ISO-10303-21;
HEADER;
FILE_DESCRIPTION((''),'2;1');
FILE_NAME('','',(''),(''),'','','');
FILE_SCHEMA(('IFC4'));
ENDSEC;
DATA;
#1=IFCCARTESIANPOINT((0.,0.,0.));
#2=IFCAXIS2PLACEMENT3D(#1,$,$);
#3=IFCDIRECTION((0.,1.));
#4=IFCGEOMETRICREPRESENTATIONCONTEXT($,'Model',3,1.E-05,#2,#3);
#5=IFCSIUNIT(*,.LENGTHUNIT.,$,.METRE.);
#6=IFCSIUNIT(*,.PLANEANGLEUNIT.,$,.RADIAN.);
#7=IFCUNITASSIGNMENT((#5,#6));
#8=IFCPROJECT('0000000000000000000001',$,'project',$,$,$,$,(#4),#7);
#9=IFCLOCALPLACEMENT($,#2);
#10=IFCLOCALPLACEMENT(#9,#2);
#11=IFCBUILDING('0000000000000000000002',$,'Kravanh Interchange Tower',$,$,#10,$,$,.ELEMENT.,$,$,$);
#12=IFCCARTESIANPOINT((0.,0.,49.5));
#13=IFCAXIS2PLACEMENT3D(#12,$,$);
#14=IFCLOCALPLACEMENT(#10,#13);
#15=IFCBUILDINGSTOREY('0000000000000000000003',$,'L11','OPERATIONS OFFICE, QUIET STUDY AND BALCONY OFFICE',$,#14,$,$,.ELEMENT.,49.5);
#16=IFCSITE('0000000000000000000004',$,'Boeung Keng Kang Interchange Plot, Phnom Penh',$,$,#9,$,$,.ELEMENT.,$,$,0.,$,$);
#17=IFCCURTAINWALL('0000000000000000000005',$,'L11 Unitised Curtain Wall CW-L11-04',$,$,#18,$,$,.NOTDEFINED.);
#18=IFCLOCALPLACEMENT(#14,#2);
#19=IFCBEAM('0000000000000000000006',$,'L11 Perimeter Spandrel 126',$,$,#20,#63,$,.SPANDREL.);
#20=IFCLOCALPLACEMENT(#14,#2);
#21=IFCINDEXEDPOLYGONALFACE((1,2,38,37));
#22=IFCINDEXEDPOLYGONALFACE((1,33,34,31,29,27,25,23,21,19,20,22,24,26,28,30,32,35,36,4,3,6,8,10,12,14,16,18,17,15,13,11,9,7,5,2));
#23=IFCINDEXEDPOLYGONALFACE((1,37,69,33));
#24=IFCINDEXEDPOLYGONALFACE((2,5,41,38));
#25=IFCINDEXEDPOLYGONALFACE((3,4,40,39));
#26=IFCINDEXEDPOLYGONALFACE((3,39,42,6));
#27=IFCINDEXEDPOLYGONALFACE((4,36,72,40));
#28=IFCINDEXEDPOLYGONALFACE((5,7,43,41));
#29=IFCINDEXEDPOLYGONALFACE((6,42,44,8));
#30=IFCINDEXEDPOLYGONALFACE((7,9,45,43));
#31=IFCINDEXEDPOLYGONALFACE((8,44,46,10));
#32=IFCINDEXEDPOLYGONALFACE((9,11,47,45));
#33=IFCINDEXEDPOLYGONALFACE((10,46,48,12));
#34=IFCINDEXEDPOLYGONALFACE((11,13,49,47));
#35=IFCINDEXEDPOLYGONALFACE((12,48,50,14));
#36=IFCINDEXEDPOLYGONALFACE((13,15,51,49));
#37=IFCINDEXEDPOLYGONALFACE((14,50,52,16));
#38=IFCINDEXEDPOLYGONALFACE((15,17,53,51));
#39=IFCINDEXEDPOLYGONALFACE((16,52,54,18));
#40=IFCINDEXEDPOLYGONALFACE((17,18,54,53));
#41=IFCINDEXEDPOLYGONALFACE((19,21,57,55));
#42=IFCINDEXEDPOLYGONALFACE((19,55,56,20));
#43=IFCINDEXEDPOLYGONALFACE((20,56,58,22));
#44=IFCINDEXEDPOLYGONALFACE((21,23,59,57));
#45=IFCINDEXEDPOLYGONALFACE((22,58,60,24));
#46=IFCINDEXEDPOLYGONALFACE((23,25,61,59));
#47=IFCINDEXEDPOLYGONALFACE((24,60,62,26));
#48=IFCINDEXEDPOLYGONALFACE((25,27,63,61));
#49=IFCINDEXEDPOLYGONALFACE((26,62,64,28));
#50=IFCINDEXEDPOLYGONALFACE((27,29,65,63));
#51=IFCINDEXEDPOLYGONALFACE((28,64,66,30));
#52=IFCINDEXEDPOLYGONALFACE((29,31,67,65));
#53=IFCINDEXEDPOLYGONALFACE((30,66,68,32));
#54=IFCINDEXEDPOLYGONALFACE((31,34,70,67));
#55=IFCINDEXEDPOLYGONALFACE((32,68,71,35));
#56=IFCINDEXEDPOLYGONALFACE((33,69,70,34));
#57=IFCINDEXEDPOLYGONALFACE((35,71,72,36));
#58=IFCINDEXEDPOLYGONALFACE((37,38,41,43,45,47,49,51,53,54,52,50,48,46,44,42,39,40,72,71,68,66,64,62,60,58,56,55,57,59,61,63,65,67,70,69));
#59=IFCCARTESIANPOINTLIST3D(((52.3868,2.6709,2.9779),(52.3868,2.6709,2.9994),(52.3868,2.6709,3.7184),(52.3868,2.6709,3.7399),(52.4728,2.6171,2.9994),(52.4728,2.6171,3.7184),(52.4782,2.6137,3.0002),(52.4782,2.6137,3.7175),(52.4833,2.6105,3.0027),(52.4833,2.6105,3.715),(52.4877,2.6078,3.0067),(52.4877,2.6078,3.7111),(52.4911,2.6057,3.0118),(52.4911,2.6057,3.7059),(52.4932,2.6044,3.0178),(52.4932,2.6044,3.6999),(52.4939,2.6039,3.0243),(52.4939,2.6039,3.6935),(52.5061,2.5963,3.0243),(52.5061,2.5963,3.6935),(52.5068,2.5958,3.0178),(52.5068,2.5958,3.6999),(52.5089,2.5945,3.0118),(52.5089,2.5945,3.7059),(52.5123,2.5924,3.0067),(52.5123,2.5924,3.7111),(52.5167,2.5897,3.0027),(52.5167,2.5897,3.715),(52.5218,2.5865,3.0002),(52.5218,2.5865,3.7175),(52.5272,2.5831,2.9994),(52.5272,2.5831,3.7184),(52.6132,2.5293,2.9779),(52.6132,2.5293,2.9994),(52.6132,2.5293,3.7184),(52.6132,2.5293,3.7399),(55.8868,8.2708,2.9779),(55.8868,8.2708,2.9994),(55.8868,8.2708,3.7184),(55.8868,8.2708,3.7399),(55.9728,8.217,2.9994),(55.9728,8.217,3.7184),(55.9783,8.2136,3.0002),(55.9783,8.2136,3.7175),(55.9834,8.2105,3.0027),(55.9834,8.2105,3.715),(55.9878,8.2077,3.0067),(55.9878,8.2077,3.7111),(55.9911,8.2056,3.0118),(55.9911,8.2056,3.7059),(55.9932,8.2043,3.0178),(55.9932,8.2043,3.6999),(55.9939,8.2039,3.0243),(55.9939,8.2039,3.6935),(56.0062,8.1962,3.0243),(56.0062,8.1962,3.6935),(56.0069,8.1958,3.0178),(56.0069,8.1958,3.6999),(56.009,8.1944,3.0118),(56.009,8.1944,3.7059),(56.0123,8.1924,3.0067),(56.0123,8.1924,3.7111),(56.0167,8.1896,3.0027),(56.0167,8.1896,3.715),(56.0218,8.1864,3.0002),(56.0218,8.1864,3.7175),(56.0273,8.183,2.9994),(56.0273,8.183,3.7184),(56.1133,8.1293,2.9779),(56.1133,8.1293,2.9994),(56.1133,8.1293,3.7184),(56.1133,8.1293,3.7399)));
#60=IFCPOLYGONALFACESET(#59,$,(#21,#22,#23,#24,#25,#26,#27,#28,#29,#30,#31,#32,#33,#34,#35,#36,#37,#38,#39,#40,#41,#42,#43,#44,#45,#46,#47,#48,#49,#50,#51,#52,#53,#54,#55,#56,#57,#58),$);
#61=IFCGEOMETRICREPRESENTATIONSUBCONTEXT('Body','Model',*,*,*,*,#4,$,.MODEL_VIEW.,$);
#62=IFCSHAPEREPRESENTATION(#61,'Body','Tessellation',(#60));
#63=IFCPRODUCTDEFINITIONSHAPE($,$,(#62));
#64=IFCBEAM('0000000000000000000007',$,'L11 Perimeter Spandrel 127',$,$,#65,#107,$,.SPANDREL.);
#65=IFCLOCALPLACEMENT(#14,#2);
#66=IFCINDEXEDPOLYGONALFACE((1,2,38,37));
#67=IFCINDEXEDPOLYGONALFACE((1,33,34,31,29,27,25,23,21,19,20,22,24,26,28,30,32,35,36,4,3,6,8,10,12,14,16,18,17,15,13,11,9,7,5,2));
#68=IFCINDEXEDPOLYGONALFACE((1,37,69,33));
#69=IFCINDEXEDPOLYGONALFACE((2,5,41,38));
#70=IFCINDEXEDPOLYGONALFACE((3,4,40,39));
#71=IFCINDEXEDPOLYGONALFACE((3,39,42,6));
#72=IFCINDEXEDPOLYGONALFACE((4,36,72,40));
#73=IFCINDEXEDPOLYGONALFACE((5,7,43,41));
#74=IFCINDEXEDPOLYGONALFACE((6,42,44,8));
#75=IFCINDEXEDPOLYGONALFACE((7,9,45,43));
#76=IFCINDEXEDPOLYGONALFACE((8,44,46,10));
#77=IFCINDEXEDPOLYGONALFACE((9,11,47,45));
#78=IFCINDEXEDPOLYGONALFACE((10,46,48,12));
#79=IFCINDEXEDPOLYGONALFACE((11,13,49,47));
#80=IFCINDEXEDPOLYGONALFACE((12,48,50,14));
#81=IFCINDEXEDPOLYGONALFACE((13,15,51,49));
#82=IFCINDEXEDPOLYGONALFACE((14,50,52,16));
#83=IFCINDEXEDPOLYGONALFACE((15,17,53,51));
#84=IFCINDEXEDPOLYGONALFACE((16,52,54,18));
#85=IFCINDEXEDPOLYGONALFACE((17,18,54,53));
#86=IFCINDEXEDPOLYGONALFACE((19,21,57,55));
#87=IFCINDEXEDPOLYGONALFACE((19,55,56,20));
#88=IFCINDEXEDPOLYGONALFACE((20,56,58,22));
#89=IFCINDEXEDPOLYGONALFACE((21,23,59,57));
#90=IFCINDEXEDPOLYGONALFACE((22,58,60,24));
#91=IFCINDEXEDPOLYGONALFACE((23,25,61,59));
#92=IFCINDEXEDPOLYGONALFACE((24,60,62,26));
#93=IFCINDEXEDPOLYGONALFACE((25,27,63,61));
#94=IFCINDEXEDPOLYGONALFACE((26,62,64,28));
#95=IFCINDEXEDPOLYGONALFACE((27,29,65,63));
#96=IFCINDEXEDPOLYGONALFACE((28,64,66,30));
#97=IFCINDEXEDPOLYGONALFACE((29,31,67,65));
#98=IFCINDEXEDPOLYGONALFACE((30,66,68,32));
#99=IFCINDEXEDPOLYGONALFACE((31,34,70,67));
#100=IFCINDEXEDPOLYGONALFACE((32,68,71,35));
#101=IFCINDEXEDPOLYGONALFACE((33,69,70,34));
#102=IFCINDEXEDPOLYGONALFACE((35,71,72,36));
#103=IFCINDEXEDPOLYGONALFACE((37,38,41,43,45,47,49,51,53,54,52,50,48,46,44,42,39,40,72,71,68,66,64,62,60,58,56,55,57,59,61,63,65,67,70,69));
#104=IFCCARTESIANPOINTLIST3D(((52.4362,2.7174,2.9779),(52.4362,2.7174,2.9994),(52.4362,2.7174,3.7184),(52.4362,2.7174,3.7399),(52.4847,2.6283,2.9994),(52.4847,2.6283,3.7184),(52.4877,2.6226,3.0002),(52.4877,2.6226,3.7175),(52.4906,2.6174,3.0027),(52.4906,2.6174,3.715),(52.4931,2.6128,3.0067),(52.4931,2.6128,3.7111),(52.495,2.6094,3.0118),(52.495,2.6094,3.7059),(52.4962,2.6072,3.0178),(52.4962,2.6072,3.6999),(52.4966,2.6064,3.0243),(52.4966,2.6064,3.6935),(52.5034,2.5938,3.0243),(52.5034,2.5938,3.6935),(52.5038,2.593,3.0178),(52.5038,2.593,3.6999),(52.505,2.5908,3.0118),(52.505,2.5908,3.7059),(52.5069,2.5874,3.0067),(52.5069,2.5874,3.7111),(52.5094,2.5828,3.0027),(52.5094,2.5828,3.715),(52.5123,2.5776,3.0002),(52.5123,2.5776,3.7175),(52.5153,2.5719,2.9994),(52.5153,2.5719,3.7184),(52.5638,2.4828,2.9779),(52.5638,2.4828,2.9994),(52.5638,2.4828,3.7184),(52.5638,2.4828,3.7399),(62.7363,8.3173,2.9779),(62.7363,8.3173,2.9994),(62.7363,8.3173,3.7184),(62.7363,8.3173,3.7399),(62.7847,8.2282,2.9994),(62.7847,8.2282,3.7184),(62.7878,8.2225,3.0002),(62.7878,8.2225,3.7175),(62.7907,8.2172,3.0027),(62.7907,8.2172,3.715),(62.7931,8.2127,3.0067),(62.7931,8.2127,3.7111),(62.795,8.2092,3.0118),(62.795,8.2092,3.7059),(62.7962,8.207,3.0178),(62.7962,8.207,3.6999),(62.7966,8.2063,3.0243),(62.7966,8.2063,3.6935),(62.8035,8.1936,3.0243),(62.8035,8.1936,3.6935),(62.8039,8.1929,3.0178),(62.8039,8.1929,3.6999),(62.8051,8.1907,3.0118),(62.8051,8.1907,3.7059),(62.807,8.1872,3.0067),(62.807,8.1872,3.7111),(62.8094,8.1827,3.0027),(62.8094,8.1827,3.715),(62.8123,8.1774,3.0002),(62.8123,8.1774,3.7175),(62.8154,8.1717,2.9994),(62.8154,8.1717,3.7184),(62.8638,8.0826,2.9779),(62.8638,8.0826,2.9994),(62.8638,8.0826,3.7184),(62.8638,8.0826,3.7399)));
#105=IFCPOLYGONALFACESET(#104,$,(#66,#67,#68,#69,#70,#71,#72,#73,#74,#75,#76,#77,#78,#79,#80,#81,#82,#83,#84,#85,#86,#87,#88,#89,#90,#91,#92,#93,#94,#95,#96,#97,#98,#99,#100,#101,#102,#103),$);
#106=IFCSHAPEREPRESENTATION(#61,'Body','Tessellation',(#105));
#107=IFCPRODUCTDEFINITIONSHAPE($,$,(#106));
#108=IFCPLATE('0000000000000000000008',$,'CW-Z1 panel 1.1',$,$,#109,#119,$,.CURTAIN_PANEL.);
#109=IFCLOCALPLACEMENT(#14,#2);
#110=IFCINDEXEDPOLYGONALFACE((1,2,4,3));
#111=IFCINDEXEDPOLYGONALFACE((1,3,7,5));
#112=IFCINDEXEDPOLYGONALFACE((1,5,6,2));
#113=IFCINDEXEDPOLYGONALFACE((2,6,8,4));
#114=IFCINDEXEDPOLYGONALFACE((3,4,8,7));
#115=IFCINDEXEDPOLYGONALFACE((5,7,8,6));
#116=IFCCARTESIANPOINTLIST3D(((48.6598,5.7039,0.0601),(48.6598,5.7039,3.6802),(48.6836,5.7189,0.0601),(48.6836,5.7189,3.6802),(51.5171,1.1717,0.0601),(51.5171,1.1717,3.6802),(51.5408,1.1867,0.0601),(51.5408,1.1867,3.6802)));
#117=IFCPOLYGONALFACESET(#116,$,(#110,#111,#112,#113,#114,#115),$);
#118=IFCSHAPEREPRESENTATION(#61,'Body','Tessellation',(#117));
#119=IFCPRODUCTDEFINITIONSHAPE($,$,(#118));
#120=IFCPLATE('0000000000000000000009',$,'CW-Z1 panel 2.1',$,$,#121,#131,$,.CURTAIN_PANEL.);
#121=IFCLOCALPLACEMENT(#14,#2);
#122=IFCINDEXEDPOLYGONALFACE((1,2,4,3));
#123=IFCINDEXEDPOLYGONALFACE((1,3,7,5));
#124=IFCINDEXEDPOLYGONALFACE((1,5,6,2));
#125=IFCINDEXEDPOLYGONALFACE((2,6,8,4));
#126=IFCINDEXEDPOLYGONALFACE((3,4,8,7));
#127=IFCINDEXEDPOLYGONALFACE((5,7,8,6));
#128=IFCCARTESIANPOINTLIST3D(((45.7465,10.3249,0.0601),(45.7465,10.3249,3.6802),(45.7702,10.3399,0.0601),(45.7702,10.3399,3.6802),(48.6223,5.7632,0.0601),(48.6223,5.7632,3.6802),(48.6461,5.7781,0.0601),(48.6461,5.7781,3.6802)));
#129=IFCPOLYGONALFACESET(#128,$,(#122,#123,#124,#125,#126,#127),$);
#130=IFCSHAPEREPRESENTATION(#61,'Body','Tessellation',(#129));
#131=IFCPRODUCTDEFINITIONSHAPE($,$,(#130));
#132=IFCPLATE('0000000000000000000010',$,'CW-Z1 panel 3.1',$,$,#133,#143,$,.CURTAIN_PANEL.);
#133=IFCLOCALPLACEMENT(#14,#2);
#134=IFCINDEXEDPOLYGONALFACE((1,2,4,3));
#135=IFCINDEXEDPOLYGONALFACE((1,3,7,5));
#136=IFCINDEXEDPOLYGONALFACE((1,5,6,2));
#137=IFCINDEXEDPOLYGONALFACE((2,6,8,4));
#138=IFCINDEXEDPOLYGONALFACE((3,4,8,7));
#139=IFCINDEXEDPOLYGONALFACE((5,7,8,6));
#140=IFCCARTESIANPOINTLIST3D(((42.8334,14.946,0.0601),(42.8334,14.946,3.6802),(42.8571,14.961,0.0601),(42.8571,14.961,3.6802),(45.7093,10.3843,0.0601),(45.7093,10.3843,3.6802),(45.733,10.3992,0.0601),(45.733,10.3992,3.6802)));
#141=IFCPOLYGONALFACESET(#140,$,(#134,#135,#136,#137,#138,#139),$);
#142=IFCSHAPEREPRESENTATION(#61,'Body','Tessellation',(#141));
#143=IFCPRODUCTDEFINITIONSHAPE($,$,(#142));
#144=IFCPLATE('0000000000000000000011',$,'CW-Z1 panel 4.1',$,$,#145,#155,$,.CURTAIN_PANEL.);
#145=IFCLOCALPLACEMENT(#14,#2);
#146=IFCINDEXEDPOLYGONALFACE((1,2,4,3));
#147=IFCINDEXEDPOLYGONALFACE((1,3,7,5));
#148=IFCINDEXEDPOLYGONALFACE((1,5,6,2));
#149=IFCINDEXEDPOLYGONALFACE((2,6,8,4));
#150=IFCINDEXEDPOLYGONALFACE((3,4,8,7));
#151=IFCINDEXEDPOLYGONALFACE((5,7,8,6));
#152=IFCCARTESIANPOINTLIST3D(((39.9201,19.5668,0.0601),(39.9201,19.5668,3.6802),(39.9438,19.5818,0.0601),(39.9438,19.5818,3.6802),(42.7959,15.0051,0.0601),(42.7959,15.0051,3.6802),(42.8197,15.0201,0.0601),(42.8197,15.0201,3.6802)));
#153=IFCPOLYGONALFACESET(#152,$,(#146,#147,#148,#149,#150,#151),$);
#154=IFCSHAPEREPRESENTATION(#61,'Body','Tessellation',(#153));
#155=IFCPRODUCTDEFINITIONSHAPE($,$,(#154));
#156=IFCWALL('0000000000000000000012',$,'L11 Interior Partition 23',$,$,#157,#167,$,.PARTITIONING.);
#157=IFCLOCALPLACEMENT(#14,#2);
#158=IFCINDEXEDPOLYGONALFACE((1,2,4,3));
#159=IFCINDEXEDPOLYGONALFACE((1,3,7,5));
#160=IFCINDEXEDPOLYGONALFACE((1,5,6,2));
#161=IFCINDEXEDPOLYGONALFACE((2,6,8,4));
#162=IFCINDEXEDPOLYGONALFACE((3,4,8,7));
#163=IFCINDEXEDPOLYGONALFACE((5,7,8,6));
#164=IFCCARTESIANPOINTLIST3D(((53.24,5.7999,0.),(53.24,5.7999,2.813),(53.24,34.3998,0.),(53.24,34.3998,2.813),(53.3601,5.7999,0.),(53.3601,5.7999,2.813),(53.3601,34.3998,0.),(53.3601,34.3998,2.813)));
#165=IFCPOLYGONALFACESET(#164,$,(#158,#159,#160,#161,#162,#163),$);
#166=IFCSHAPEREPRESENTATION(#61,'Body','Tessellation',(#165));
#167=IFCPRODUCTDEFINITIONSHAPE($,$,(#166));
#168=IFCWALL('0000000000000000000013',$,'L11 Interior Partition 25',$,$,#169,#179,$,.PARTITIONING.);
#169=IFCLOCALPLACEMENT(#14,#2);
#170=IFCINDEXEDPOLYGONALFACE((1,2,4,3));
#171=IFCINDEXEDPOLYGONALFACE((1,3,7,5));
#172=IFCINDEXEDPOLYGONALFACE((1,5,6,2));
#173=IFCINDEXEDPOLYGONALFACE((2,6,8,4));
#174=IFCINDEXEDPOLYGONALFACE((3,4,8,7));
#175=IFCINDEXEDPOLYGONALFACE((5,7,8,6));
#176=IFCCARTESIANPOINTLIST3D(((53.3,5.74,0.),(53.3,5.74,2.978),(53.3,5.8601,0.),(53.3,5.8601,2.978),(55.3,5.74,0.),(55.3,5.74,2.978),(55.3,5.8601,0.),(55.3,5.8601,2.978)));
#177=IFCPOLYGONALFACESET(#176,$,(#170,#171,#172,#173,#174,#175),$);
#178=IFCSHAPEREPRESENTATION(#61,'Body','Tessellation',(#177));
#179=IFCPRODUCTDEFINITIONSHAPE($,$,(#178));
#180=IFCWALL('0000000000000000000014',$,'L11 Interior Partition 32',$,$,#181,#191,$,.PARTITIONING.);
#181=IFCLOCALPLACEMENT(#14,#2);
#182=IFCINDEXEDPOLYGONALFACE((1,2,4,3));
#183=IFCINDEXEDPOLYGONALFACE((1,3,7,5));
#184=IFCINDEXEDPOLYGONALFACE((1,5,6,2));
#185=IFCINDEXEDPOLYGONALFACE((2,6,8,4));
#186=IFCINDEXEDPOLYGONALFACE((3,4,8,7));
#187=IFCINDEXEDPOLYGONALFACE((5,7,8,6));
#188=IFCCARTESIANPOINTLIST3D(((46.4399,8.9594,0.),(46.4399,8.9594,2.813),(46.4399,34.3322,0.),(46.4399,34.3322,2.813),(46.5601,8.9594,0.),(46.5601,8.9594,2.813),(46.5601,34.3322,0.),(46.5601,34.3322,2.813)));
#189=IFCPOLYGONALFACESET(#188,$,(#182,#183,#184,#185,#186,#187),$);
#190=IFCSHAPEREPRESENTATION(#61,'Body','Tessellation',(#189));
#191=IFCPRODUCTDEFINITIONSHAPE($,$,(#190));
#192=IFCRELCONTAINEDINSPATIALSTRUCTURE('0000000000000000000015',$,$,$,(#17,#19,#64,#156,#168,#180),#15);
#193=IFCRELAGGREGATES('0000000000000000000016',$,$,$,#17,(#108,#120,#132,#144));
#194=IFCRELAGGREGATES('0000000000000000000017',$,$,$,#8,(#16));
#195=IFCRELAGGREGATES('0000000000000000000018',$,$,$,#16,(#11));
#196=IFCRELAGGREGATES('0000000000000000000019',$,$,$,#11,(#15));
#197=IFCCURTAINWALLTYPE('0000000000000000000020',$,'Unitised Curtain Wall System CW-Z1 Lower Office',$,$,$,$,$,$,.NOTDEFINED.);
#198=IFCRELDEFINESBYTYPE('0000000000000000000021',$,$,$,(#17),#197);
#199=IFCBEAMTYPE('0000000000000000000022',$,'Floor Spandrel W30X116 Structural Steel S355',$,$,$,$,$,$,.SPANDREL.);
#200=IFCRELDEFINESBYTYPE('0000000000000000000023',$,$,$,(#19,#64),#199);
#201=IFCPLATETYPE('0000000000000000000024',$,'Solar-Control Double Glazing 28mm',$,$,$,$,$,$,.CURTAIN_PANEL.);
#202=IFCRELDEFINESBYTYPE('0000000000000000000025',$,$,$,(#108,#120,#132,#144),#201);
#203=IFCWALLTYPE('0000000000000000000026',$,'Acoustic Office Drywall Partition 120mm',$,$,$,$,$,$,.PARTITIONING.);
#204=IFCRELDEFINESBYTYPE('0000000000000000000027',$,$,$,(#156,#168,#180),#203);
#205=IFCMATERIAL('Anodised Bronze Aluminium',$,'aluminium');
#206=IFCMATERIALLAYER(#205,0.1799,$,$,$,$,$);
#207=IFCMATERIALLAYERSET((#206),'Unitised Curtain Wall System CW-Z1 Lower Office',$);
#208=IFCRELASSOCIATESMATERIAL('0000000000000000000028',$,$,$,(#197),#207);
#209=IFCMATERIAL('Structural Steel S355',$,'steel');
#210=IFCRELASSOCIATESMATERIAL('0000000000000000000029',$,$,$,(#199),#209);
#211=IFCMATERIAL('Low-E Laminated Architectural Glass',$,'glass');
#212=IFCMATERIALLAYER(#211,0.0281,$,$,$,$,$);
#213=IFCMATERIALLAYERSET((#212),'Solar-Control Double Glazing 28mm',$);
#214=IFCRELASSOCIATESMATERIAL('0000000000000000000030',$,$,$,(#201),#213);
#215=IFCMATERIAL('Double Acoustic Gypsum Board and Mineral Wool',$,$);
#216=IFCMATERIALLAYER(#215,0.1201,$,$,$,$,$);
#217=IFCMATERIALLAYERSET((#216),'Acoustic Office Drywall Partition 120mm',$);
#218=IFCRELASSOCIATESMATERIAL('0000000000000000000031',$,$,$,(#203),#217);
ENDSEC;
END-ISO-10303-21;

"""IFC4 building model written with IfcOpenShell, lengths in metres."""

from ifc_helpers import new_model, si_unit, direction, frame, frame_2d, origin, origin_2d, place, context, subcontext, project, spatial, rectangle, i_section, extrude, material, layer, layer_set, material_profile, profile_set, type_object, element, aggregate, save


model = new_model("IFC4")

# Units and contexts
model_context = context("Model", 3, precision=1e-05, world=origin(), true_north=direction((0.0, 1.0)))
body_context = subcontext(model_context, "Body", "Model", "MODEL_VIEW")
ifc_project = project(units=[si_unit("LENGTHUNIT", "METRE"), si_unit("PLANEANGLEUNIT", "RADIAN")], contexts=[model_context])

# Site, building, storey
site_placement = place(None, origin())
site = spatial("IfcSite", under=ifc_project, at=site_placement, Name="Boeung Keng Kang Interchange Plot, Phnom Penh", CompositionType="ELEMENT", RefElevation=0.0)
building_placement = place(site_placement, origin())
building = spatial("IfcBuilding", under=site, at=building_placement, Name="Kravanh Interchange Tower", CompositionType="ELEMENT")
storey_placement = place(building_placement, frame((0.0, 0.0, 49.5)))
storey = spatial("IfcBuildingStorey", under=building, at=storey_placement, Name="L11", Description="OPERATIONS OFFICE, QUIET STUDY AND BALCONY OFFICE", CompositionType="ELEMENT", Elevation=49.5)

# Shared definitions
ifc_material_1 = material(Name="Anodised Bronze Aluminium", Category="aluminium")
ifc_layer_1 = layer(ifc_material_1, 0.1799)
ifc_layer_set_1 = layer_set([ifc_layer_1], Name="Unitised Curtain Wall System CW-Z1 Lower Office")
curtain_wall_type = type_object("IfcCurtainWallType", Name="Unitised Curtain Wall System CW-Z1 Lower Office", PredefinedType="NOTDEFINED", material=ifc_layer_set_1)

# Curtain wall
curtain_wall_1_placement = place(storey_placement, origin())
curtain_wall_1 = element("IfcCurtainWall", 1, at=curtain_wall_1_placement, inside=storey, type_object=curtain_wall_type, Name="L11 Unitised Curtain Wall CW-L11-04", PredefinedType="NOTDEFINED")

# Beams
ifc_material_2 = material(Name="Structural Steel S355", Category="steel")
ifc_material_profile_1 = material_profile(ifc_material_2, i_section(OverallWidth=0.2671, OverallDepth=0.762, WebThickness=0.0144, FlangeThickness=0.0215, FilletRadius=0.0249, at=origin_2d()), Name="W30X116")
ifc_profile_set_1 = profile_set([ifc_material_profile_1], Name="Structural Steel S355")
beam_type = type_object("IfcBeamType", Name="Floor Spandrel W30X116 Structural Steel S355", PredefinedType="SPANDREL", material=ifc_profile_set_1)
beam_1_placement = place(storey_placement, frame((52.5, 2.6001, 3.3589), z_axis=(0.530009, 0.847992, 0.0), x_axis=(-0.847992, 0.530009, 0.0)))
element("IfcBeam", 2, at=beam_1_placement, inside=storey, type_object=beam_type, Name="L11 Perimeter Spandrel 126", PredefinedType="SPANDREL", context=body_context, shape_type="SweptSolid", body=[
    extrude(i_section(OverallWidth=0.2671, OverallDepth=0.762, WebThickness=0.0144, FlangeThickness=0.0215, FilletRadius=0.0249, at=origin_2d()), origin(), (0.0, 0.0, 1.0), 6.6038),
])
beam_2_placement = place(storey_placement, frame((52.5, 2.6001, 3.3589), z_axis=(0.878553, 0.477645, 0.0), x_axis=(-0.477645, 0.878553, 0.0)))
element("IfcBeam", 3, at=beam_2_placement, inside=storey, type_object=beam_type, Name="L11 Perimeter Spandrel 127", PredefinedType="SPANDREL", context=body_context, shape_type="SweptSolid", body=[
    extrude(i_section(OverallWidth=0.2671, OverallDepth=0.762, WebThickness=0.0144, FlangeThickness=0.0215, FilletRadius=0.0249, at=origin_2d()), origin(), (0.0, 0.0, 1.0), 11.7239),
])

# Plates
ifc_material_3 = material(Name="Low-E Laminated Architectural Glass", Category="glass")
ifc_layer_2 = layer(ifc_material_3, 0.0281)
ifc_layer_set_2 = layer_set([ifc_layer_2], Name="Solar-Control Double Glazing 28mm")
plate_type = type_object("IfcPlateType", Name="Solar-Control Double Glazing 28mm", PredefinedType="CURTAIN_PANEL", material=ifc_layer_set_2)
plate_1_placement = place(storey_placement, frame((50.1003, 3.4453, 0.0601), z_axis=(0.0, 0.0, 1.0), x_axis=(-0.533301, 0.845926, 0.0)))
plate_1 = element("IfcPlate", 4, at=plate_1_placement, type_object=plate_type, Name="CW-Z1 panel 1.1", PredefinedType="CURTAIN_PANEL", context=body_context, shape_type="SweptSolid", body=[
    extrude(rectangle(XDim=5.3577, YDim=0.0281, at=origin_2d()), origin(), (0.0, 0.0, 1.0), 3.6201),
])
plate_2_placement = place(storey_placement, frame((47.1963, 8.0515, 0.0601), z_axis=(0.0, 0.0, 1.0), x_axis=(-0.533301, 0.845926, 0.0)))
plate_2 = element("IfcPlate", 5, at=plate_2_placement, type_object=plate_type, Name="CW-Z1 panel 2.1", PredefinedType="CURTAIN_PANEL", context=body_context, shape_type="SweptSolid", body=[
    extrude(rectangle(XDim=5.3926, YDim=0.0281, at=origin_2d()), origin(), (0.0, 0.0, 1.0), 3.6201),
])
plate_3_placement = place(storey_placement, frame((44.2832, 12.6726, 0.0601), z_axis=(0.0, 0.0, 1.0), x_axis=(-0.533301, 0.845926, 0.0)))
plate_3 = element("IfcPlate", 6, at=plate_3_placement, type_object=plate_type, Name="CW-Z1 panel 3.1", PredefinedType="CURTAIN_PANEL", context=body_context, shape_type="SweptSolid", body=[
    extrude(rectangle(XDim=5.3926, YDim=0.0281, at=origin_2d()), origin(), (0.0, 0.0, 1.0), 3.6201),
])
plate_4_placement = place(storey_placement, frame((41.3699, 17.2935, 0.0601), z_axis=(0.0, 0.0, 1.0), x_axis=(-0.533301, 0.845926, 0.0)))
plate_4 = element("IfcPlate", 7, at=plate_4_placement, type_object=plate_type, Name="CW-Z1 panel 4.1", PredefinedType="CURTAIN_PANEL", context=body_context, shape_type="SweptSolid", body=[
    extrude(rectangle(XDim=5.3926, YDim=0.0281, at=origin_2d()), origin(), (0.0, 0.0, 1.0), 3.6201),
])
aggregate(curtain_wall_1, [plate_1, plate_2, plate_3, plate_4])

# Walls
ifc_material_4 = material(Name="Double Acoustic Gypsum Board and Mineral Wool")
ifc_layer_3 = layer(ifc_material_4, 0.1201)
ifc_layer_set_3 = layer_set([ifc_layer_3], Name="Acoustic Office Drywall Partition 120mm")
wall_type = type_object("IfcWallType", Name="Acoustic Office Drywall Partition 120mm", PredefinedType="PARTITIONING", material=ifc_layer_set_3)
wall_1_placement = place(storey_placement, frame((53.3, 5.8, 0.0), z_axis=(0.0, 0.0, 1.0), x_axis=(0.0, 1.0, 0.0)))
element("IfcWall", 8, at=wall_1_placement, inside=storey, type_object=wall_type, Name="L11 Interior Partition 23", PredefinedType="PARTITIONING", context=body_context, shape_type="SweptSolid", body=[
    extrude(rectangle(XDim=28.5999, YDim=0.1201, at=frame_2d((14.2998, 0.0))), origin(), (0.0, 0.0, 1.0), 2.813),
])
wall_2_placement = place(storey_placement, frame((53.3, 5.8, 0.0), z_axis=(0.0, 0.0, 1.0), x_axis=(1.0, 0.0, 0.0)))
element("IfcWall", 9, at=wall_2_placement, inside=storey, type_object=wall_type, Name="L11 Interior Partition 25", PredefinedType="PARTITIONING", context=body_context, shape_type="SweptSolid", body=[
    extrude(rectangle(XDim=2.0, YDim=0.1201, at=frame_2d((1.0, 0.0))), origin(), (0.0, 0.0, 1.0), 2.978),
])
wall_3_placement = place(storey_placement, frame((46.5, 8.9592, 0.0), z_axis=(0.0, 0.0, 1.0), x_axis=(0.0, 1.0, 0.0)))
element("IfcWall", 10, at=wall_3_placement, inside=storey, type_object=wall_type, Name="L11 Interior Partition 32", PredefinedType="PARTITIONING", context=body_context, shape_type="SweptSolid", body=[
    extrude(rectangle(XDim=25.3728, YDim=0.1201, at=frame_2d((12.6865, 0.0))), origin(), (0.0, 0.0, 1.0), 2.813),
])

save(model, "model.ifc")
